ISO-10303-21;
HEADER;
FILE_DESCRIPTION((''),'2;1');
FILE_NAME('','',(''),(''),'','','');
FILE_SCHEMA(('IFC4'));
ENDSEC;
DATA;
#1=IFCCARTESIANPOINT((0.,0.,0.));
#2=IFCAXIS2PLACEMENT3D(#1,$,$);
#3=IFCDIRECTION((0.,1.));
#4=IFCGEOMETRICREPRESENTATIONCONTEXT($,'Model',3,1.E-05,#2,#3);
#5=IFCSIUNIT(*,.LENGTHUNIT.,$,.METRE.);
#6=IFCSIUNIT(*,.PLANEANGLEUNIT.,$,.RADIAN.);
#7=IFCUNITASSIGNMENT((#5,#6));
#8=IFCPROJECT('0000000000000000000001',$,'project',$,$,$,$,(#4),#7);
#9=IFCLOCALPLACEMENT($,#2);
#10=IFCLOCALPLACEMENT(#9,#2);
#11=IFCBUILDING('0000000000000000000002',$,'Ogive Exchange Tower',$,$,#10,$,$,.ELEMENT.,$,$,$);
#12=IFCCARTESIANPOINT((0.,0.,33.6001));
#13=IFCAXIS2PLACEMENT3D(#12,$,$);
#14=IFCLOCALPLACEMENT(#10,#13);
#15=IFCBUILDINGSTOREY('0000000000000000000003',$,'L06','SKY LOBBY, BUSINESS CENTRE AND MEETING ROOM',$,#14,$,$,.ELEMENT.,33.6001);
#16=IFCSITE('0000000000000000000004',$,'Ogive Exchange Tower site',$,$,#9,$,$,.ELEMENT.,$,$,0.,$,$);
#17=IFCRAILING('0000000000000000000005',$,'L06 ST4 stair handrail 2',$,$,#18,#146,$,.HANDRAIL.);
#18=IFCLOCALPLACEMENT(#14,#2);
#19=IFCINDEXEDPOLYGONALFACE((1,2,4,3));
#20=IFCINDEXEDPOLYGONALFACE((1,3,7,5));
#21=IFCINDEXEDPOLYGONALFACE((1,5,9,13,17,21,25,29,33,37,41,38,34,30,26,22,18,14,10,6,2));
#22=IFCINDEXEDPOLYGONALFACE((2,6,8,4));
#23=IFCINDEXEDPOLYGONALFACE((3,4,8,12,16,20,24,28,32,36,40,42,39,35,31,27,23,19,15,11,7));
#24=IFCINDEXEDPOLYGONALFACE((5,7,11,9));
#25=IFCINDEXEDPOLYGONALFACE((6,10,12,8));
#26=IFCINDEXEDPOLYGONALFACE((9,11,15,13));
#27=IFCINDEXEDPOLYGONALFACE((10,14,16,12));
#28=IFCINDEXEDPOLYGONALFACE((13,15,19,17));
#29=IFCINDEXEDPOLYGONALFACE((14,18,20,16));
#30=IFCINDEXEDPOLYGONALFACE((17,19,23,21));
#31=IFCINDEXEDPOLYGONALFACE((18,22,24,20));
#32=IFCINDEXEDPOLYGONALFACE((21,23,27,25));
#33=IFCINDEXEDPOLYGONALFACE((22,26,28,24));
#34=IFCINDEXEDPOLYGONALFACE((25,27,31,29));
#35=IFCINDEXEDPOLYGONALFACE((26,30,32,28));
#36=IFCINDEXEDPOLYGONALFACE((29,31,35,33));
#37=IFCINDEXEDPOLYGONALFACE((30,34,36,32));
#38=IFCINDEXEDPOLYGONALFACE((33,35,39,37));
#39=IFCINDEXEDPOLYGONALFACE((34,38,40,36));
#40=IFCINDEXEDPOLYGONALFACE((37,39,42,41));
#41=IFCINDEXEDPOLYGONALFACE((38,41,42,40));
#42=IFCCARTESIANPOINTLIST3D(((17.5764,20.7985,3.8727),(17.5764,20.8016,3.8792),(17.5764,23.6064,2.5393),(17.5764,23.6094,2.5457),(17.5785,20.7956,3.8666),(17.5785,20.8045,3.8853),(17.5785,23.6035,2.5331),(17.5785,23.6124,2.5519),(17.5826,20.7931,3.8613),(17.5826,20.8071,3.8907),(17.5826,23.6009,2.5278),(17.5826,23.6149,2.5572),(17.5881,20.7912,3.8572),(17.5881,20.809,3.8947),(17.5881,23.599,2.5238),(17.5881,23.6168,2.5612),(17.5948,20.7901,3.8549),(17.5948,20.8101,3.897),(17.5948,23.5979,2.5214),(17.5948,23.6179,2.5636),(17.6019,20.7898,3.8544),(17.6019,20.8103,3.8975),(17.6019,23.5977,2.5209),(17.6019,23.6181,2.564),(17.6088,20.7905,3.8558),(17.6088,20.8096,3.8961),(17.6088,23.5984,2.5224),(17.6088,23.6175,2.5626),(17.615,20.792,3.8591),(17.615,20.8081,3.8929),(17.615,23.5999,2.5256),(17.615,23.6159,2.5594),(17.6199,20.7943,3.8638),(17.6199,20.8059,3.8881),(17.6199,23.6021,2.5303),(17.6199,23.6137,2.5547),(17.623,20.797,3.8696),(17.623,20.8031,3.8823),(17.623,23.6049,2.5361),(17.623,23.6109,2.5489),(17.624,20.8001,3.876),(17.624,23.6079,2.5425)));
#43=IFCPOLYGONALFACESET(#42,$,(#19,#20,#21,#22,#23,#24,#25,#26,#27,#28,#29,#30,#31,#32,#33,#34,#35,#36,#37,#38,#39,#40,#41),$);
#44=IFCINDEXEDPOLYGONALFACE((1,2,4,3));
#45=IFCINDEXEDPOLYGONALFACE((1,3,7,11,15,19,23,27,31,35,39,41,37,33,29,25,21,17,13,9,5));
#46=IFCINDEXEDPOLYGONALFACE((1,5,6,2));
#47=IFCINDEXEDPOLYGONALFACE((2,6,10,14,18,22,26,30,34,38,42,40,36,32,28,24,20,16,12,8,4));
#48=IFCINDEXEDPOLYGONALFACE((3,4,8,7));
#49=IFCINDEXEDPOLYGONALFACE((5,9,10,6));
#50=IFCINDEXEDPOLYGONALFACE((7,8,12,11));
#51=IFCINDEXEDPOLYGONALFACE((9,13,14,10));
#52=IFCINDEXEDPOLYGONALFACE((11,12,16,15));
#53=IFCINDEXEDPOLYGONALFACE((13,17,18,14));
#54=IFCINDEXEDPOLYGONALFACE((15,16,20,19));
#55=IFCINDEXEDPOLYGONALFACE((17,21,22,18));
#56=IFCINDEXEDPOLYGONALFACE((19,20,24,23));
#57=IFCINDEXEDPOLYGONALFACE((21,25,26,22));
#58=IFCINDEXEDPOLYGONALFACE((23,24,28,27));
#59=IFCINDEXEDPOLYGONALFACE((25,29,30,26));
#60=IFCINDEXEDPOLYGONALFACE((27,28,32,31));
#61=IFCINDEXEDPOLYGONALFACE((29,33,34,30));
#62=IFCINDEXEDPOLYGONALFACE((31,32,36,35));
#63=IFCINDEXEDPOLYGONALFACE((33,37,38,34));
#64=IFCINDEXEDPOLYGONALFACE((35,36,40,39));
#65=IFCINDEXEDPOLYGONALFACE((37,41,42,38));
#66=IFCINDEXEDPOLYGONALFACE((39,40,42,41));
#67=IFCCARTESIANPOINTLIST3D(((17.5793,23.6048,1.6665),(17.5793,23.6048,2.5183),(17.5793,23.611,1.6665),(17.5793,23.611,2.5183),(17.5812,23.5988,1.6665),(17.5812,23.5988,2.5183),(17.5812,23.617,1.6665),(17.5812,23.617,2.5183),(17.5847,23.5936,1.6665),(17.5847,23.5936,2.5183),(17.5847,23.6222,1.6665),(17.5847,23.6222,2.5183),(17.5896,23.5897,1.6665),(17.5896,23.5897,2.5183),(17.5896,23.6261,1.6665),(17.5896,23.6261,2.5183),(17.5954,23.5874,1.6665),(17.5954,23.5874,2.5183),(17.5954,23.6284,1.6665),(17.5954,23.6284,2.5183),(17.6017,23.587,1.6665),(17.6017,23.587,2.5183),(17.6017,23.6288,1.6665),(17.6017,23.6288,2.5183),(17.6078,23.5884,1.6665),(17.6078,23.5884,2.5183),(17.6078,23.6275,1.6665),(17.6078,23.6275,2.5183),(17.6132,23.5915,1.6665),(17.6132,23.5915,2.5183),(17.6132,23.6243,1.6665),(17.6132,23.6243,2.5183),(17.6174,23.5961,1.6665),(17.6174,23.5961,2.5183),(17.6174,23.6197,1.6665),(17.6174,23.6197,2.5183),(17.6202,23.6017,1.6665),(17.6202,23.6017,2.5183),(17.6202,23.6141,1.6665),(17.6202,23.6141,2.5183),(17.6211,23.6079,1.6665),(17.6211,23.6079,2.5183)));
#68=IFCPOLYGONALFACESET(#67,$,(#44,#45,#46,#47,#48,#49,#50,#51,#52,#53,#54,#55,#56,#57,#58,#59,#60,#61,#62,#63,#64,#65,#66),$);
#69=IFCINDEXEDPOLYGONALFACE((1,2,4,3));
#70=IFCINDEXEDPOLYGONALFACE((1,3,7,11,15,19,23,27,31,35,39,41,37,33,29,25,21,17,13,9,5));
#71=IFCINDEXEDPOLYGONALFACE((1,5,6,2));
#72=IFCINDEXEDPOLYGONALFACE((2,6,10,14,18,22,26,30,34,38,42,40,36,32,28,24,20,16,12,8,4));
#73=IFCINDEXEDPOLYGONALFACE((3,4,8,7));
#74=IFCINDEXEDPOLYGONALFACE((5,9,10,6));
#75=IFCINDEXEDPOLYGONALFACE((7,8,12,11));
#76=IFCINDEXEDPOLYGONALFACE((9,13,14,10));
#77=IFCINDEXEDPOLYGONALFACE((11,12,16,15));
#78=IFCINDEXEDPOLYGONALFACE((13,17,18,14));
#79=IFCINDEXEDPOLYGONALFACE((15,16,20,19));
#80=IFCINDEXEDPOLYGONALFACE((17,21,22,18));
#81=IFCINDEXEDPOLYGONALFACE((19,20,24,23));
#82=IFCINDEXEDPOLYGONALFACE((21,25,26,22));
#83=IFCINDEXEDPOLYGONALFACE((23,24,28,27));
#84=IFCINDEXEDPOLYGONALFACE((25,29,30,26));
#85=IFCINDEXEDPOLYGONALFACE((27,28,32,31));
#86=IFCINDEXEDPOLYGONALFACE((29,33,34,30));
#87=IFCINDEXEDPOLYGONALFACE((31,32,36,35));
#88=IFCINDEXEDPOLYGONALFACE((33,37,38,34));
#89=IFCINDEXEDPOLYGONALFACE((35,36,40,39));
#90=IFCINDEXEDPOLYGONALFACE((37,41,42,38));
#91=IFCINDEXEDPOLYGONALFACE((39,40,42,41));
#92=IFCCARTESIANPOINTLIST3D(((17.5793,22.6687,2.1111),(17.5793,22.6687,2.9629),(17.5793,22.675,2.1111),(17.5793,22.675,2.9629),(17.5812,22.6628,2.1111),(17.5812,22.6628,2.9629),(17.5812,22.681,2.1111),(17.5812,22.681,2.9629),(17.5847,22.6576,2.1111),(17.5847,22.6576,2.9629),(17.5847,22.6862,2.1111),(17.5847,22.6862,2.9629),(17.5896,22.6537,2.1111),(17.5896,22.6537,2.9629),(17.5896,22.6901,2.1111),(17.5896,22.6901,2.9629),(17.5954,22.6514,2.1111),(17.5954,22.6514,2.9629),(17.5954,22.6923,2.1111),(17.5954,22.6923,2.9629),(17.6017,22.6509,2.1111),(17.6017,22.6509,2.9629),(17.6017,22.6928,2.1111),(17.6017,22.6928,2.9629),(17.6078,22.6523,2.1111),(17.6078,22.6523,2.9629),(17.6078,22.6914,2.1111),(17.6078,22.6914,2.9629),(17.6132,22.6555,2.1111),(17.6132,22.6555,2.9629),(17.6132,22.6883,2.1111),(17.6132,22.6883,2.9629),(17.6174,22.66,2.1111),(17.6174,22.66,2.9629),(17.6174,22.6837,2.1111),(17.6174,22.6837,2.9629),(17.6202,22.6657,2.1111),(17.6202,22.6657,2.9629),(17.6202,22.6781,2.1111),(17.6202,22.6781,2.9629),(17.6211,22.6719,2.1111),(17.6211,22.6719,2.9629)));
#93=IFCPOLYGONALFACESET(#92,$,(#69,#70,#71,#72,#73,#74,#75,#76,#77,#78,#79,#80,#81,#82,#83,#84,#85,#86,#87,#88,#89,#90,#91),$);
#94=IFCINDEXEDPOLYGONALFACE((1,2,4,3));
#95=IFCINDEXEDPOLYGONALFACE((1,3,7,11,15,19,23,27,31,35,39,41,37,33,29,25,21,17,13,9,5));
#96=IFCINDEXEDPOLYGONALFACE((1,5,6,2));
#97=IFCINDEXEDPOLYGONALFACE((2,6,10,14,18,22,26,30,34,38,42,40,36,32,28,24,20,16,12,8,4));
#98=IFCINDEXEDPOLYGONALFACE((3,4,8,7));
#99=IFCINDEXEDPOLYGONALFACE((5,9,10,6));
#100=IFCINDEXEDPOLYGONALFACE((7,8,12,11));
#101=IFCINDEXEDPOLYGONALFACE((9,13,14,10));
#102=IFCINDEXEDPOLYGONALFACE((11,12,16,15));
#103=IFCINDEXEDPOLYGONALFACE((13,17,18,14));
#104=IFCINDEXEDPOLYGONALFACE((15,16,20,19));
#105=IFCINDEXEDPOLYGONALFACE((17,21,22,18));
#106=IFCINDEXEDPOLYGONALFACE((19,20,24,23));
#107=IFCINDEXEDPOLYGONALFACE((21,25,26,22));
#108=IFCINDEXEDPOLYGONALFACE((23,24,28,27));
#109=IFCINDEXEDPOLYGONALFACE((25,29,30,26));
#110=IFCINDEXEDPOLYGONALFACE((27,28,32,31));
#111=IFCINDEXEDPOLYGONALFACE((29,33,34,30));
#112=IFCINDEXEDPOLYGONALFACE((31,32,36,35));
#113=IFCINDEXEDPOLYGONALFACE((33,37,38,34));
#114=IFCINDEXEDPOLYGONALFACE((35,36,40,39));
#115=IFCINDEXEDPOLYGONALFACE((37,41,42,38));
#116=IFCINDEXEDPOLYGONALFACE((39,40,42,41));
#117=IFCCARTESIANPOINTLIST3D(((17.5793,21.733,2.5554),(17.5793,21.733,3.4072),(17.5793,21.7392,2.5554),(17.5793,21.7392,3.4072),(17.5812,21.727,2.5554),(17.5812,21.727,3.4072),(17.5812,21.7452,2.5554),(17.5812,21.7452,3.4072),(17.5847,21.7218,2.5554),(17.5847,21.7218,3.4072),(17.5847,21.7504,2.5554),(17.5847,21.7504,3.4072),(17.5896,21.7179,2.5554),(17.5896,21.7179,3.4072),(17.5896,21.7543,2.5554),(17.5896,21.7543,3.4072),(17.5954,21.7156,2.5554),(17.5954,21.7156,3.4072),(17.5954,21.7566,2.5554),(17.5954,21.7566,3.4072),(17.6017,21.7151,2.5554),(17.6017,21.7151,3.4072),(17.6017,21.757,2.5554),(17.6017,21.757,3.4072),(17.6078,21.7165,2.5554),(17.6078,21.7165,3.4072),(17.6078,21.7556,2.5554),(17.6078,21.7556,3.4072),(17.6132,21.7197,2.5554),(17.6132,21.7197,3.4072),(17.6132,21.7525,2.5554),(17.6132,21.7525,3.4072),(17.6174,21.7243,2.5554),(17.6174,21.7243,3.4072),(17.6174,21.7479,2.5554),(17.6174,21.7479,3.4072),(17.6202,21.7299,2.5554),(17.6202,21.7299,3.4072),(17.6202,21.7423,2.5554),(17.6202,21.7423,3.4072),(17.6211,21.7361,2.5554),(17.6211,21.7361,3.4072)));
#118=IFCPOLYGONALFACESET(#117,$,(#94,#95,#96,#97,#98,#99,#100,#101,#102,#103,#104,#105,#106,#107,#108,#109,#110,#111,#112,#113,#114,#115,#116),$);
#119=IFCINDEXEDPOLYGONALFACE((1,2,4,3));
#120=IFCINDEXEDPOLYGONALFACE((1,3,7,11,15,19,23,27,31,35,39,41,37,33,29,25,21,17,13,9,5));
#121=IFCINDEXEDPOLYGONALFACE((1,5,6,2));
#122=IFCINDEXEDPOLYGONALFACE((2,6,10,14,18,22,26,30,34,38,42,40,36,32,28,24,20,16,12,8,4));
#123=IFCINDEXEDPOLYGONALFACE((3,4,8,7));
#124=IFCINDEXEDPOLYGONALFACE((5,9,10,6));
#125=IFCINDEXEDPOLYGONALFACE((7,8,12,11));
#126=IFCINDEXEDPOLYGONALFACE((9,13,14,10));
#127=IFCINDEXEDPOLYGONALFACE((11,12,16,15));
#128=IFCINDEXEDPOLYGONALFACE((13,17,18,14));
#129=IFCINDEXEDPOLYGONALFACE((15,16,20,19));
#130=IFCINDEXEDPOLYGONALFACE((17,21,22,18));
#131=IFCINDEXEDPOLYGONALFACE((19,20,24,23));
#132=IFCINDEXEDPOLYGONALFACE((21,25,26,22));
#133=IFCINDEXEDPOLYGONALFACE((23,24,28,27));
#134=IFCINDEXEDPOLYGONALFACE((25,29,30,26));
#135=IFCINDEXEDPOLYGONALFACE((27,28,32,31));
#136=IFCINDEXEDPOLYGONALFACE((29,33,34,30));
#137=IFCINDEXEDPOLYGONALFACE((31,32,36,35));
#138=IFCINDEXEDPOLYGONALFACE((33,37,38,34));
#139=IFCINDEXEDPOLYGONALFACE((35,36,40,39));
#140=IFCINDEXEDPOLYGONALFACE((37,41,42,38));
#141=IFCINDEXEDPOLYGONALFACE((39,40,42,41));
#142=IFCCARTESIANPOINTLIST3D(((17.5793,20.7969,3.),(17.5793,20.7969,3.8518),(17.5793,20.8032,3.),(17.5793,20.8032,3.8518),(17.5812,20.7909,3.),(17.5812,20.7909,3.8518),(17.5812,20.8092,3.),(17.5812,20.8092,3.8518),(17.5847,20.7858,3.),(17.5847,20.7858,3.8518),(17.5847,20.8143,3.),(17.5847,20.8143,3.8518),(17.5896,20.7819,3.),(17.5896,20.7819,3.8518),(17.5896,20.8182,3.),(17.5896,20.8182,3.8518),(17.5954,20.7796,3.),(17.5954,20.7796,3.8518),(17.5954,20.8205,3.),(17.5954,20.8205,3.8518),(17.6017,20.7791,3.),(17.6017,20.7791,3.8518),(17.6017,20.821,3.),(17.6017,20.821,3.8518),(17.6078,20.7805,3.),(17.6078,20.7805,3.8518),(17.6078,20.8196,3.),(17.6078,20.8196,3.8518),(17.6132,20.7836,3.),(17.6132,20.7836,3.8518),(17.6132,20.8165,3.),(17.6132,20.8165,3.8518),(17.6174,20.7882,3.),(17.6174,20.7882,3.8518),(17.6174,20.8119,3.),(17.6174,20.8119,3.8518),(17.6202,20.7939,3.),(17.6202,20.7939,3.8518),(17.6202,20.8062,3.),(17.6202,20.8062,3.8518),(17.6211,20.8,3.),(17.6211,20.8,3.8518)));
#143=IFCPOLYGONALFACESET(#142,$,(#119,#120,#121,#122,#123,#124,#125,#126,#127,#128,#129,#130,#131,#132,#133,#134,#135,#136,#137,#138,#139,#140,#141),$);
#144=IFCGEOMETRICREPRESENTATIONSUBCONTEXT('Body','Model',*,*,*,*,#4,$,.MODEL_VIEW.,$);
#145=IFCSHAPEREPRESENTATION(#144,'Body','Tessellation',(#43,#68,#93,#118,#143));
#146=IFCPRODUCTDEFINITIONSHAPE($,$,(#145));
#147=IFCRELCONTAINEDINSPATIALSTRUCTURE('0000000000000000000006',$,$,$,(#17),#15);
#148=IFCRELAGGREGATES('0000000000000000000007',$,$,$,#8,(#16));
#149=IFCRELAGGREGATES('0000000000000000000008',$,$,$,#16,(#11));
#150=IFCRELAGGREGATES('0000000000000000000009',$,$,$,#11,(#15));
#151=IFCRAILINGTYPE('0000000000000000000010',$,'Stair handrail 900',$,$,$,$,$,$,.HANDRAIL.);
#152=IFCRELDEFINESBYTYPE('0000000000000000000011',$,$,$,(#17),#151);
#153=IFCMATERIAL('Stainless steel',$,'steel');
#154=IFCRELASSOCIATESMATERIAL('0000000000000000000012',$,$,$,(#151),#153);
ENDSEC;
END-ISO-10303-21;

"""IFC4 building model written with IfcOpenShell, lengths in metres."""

from ifc_helpers import new_model, si_unit, direction, frame, origin, origin_2d, place, context, subcontext, project, spatial, circle, extrude, material, type_object, element, save


model = new_model("IFC4")

# Units and contexts
model_context = context("Model", 3, precision=1e-05, world=origin(), true_north=direction((0.0, 1.0)))
body_context = subcontext(model_context, "Body", "Model", "MODEL_VIEW")
ifc_project = project(units=[si_unit("LENGTHUNIT", "METRE"), si_unit("PLANEANGLEUNIT", "RADIAN")], contexts=[model_context])

# Site, building, storey
site_placement = place(None, origin())
site = spatial("IfcSite", under=ifc_project, at=site_placement, Name="Ogive Exchange Tower site", CompositionType="ELEMENT", RefElevation=0.0)
building_placement = place(site_placement, origin())
building = spatial("IfcBuilding", under=site, at=building_placement, Name="Ogive Exchange Tower", CompositionType="ELEMENT")
storey_placement = place(building_placement, frame((0.0, 0.0, 33.6001)))
storey = spatial("IfcBuildingStorey", under=building, at=storey_placement, Name="L06", Description="SKY LOBBY, BUSINESS CENTRE AND MEETING ROOM", CompositionType="ELEMENT", Elevation=33.6001)

# Shared definitions
ifc_material_1 = material(Name="Stainless steel", Category="steel")

# Railing
railing_type = type_object("IfcRailingType", Name="Stair handrail 900", PredefinedType="HANDRAIL", material=ifc_material_1)
railing_1_placement = place(storey_placement, frame((17.6001, 23.6079, 1.6665)))
element("IfcRailing", 1, at=railing_1_placement, inside=storey, type_object=railing_type, Name="L06 ST4 stair handrail 2", PredefinedType="HANDRAIL", context=body_context, shape_type="SweptSolid", body=[
    extrude(circle(Radius=0.0239, at=origin_2d()), frame((0.0, 0.0, 0.876), z_axis=(0.0, -0.903307, 0.428994), x_axis=(1.0, 0.0, 0.0)), (0.0, 0.0, 1.0), 3.1084),
    extrude(circle(Radius=0.021, at=origin_2d()), origin(), (0.0, 0.0, 1.0), 0.8518),
    extrude(circle(Radius=0.021, at=origin_2d()), frame((0.0, -0.936, 0.4446)), (0.0, 0.0, 1.0), 0.8518),
    extrude(circle(Radius=0.021, at=origin_2d()), frame((0.0, -1.8718, 0.8889)), (0.0, 0.0, 1.0), 0.8518),
    extrude(circle(Radius=0.021, at=origin_2d()), frame((0.0, -2.8079, 1.3335)), (0.0, 0.0, 1.0), 0.8518),
])

save(model, "model.ifc")
